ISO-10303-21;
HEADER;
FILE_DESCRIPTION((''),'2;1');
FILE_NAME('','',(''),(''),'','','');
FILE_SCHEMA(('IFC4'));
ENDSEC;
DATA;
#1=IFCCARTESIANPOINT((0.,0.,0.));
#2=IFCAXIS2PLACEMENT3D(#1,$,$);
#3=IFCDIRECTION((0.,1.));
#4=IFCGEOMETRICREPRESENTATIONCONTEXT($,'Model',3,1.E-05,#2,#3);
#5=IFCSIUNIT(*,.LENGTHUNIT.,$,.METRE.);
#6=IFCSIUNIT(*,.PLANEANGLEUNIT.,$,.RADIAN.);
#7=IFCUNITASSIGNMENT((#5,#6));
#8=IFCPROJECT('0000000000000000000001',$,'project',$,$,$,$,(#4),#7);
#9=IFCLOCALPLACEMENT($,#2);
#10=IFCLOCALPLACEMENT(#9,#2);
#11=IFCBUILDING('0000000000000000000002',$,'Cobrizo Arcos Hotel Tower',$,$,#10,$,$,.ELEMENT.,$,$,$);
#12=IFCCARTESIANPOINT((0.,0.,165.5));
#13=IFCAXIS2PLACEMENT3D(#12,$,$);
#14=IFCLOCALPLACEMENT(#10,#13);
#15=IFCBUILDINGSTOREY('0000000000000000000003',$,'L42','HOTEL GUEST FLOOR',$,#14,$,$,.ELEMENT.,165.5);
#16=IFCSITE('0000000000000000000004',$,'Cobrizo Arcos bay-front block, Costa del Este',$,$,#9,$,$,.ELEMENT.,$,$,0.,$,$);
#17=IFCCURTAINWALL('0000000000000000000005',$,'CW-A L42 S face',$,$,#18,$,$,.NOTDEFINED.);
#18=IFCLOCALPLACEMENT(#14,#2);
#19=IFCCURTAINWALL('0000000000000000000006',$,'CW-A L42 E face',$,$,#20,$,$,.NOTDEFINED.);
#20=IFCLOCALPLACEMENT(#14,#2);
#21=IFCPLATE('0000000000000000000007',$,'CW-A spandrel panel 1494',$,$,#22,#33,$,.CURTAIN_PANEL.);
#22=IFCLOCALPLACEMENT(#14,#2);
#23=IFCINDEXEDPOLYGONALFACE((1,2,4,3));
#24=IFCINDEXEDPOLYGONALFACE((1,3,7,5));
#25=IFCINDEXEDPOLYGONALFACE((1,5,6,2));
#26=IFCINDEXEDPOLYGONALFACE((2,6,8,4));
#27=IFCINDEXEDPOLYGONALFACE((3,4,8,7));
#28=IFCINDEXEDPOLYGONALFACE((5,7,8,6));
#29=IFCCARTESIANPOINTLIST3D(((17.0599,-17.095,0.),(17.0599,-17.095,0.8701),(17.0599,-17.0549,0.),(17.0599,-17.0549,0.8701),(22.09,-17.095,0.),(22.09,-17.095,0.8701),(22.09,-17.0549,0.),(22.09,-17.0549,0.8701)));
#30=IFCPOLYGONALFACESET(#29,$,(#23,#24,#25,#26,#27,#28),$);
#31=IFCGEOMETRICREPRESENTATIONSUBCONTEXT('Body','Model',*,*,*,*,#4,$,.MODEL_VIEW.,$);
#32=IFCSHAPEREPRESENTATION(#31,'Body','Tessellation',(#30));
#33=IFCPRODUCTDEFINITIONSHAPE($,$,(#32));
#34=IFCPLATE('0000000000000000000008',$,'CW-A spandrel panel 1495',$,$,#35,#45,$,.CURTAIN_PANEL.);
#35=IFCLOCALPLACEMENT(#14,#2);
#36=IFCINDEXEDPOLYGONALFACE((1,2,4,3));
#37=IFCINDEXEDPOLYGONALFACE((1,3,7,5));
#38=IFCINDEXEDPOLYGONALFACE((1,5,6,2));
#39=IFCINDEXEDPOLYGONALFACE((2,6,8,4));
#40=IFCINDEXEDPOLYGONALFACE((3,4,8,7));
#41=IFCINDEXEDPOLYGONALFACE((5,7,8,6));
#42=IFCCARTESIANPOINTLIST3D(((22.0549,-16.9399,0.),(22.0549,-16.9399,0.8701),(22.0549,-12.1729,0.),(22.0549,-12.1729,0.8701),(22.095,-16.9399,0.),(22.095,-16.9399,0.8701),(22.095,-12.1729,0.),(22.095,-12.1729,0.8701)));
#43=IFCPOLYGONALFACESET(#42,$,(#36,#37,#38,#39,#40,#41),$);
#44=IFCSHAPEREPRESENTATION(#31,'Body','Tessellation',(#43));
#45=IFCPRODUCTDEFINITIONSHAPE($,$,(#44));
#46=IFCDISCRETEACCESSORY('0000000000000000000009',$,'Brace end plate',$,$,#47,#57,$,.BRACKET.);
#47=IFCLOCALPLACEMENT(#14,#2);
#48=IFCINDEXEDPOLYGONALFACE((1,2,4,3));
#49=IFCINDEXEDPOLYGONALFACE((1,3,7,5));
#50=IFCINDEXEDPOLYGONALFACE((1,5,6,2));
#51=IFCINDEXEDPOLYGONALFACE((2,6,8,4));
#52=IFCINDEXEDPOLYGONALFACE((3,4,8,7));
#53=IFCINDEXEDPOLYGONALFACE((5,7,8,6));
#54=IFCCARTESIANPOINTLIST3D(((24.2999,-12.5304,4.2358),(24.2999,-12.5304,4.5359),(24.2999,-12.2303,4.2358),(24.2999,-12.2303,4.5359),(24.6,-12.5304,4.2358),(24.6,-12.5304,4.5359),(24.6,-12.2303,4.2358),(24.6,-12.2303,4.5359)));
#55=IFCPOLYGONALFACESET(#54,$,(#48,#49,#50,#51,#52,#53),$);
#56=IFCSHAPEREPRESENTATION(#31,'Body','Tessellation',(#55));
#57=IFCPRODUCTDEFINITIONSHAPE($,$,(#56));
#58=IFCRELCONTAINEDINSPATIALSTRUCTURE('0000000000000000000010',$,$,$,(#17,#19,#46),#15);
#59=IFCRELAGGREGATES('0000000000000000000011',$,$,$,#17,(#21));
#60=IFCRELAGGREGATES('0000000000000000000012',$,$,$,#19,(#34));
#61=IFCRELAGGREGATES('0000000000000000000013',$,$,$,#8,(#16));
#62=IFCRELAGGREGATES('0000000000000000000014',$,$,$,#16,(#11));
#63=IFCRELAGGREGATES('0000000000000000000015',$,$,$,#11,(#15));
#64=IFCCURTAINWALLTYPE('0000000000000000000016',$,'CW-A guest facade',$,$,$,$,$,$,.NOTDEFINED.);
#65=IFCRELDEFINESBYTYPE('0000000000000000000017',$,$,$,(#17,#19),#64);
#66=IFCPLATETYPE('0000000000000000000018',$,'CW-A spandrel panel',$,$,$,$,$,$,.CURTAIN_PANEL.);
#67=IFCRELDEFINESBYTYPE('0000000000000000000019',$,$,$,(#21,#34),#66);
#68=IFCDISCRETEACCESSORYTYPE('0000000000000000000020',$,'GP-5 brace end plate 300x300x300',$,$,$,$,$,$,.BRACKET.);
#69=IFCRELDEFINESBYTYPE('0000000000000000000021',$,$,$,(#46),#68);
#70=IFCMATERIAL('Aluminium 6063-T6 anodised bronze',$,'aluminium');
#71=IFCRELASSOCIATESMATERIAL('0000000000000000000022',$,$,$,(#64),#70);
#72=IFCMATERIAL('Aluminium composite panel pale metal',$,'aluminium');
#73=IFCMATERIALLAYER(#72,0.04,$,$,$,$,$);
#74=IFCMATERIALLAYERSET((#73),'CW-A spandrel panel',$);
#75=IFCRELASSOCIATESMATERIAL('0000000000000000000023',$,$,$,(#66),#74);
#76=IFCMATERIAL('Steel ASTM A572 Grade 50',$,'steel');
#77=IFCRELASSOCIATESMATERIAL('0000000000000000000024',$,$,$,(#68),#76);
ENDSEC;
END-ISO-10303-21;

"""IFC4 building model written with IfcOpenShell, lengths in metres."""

from ifc_helpers import new_model, si_unit, direction, frame, origin, origin_2d, place, context, subcontext, project, spatial, rectangle, extrude, material, layer, layer_set, type_object, element, aggregate, save


model = new_model("IFC4")

# Units and contexts
model_context = context("Model", 3, precision=1e-05, world=origin(), true_north=direction((0.0, 1.0)))
body_context = subcontext(model_context, "Body", "Model", "MODEL_VIEW")
ifc_project = project(units=[si_unit("LENGTHUNIT", "METRE"), si_unit("PLANEANGLEUNIT", "RADIAN")], contexts=[model_context])

# Site, building, storey
site_placement = place(None, origin())
site = spatial("IfcSite", under=ifc_project, at=site_placement, Name="Cobrizo Arcos bay-front block, Costa del Este", CompositionType="ELEMENT", RefElevation=0.0)
building_placement = place(site_placement, origin())
building = spatial("IfcBuilding", under=site, at=building_placement, Name="Cobrizo Arcos Hotel Tower", CompositionType="ELEMENT")
storey_placement = place(building_placement, frame((0.0, 0.0, 165.5)))
storey = spatial("IfcBuildingStorey", under=building, at=storey_placement, Name="L42", Description="HOTEL GUEST FLOOR", CompositionType="ELEMENT", Elevation=165.5)

# Shared definitions
ifc_material_1 = material(Name="Steel ASTM A572 Grade 50", Category="steel")

# Shared definitions
ifc_material_2 = material(Name="Aluminium 6063-T6 anodised bronze", Category="aluminium")
curtain_wall_type = type_object("IfcCurtainWallType", Name="CW-A guest facade", PredefinedType="NOTDEFINED", material=ifc_material_2)

# Curtain wall
curtain_wall_1_placement = place(storey_placement, origin())
curtain_wall_1 = element("IfcCurtainWall", 1, at=curtain_wall_1_placement, inside=storey, type_object=curtain_wall_type, Name="CW-A L42 S face", PredefinedType="NOTDEFINED")

# Curtain wall
curtain_wall_2_placement = place(storey_placement, origin())
curtain_wall_2 = element("IfcCurtainWall", 2, at=curtain_wall_2_placement, inside=storey, type_object=curtain_wall_type, Name="CW-A L42 E face", PredefinedType="NOTDEFINED")

# Plates
ifc_material_3 = material(Name="Aluminium composite panel pale metal", Category="aluminium")
ifc_layer_1 = layer(ifc_material_3, 0.04)
ifc_layer_set_1 = layer_set([ifc_layer_1], Name="CW-A spandrel panel")
plate_type_1 = type_object("IfcPlateType", Name="CW-A spandrel panel", PredefinedType="CURTAIN_PANEL", material=ifc_layer_set_1)
plate_1_placement = place(storey_placement, frame((19.575, -17.075, 0.0), z_axis=(0.0, 0.0, 1.0), x_axis=(1.0, 0.0, 0.0)))
plate_1 = element("IfcPlate", 3, at=plate_1_placement, type_object=plate_type_1, Name="CW-A spandrel panel 1494", PredefinedType="CURTAIN_PANEL", context=body_context, shape_type="SweptSolid", body=[
    extrude(rectangle(XDim=5.03, YDim=0.04, at=origin_2d()), origin(), (0.0, 0.0, 1.0), 0.8701),
])
aggregate(curtain_wall_1, [plate_1])
plate_2_placement = place(storey_placement, frame((22.075, -14.5564, 0.0), z_axis=(0.0, 0.0, 1.0), x_axis=(0.0, 1.0, 0.0)))
plate_2 = element("IfcPlate", 4, at=plate_2_placement, type_object=plate_type_1, Name="CW-A spandrel panel 1495", PredefinedType="CURTAIN_PANEL", context=body_context, shape_type="SweptSolid", body=[
    extrude(rectangle(XDim=4.7671, YDim=0.04, at=origin_2d()), origin(), (0.0, 0.0, 1.0), 0.8701),
])
aggregate(curtain_wall_2, [plate_2])

# Discrete accessory
discrete_accessory_type = type_object("IfcDiscreteAccessoryType", Name="GP-5 brace end plate 300x300x300", PredefinedType="BRACKET", material=ifc_material_1)
discrete_accessory_placement = place(storey_placement, frame((24.45, -12.3804, 4.2358), z_axis=(0.0, 0.0, 1.0), x_axis=(1.0, 0.0, 0.0)))
element("IfcDiscreteAccessory", 5, at=discrete_accessory_placement, inside=storey, type_object=discrete_accessory_type, Name="Brace end plate", PredefinedType="BRACKET", context=body_context, shape_type="SweptSolid", body=[
    extrude(rectangle(XDim=0.3, YDim=0.3, at=origin_2d()), origin(), (0.0, 0.0, 1.0), 0.3),
])

save(model, "model.ifc")
